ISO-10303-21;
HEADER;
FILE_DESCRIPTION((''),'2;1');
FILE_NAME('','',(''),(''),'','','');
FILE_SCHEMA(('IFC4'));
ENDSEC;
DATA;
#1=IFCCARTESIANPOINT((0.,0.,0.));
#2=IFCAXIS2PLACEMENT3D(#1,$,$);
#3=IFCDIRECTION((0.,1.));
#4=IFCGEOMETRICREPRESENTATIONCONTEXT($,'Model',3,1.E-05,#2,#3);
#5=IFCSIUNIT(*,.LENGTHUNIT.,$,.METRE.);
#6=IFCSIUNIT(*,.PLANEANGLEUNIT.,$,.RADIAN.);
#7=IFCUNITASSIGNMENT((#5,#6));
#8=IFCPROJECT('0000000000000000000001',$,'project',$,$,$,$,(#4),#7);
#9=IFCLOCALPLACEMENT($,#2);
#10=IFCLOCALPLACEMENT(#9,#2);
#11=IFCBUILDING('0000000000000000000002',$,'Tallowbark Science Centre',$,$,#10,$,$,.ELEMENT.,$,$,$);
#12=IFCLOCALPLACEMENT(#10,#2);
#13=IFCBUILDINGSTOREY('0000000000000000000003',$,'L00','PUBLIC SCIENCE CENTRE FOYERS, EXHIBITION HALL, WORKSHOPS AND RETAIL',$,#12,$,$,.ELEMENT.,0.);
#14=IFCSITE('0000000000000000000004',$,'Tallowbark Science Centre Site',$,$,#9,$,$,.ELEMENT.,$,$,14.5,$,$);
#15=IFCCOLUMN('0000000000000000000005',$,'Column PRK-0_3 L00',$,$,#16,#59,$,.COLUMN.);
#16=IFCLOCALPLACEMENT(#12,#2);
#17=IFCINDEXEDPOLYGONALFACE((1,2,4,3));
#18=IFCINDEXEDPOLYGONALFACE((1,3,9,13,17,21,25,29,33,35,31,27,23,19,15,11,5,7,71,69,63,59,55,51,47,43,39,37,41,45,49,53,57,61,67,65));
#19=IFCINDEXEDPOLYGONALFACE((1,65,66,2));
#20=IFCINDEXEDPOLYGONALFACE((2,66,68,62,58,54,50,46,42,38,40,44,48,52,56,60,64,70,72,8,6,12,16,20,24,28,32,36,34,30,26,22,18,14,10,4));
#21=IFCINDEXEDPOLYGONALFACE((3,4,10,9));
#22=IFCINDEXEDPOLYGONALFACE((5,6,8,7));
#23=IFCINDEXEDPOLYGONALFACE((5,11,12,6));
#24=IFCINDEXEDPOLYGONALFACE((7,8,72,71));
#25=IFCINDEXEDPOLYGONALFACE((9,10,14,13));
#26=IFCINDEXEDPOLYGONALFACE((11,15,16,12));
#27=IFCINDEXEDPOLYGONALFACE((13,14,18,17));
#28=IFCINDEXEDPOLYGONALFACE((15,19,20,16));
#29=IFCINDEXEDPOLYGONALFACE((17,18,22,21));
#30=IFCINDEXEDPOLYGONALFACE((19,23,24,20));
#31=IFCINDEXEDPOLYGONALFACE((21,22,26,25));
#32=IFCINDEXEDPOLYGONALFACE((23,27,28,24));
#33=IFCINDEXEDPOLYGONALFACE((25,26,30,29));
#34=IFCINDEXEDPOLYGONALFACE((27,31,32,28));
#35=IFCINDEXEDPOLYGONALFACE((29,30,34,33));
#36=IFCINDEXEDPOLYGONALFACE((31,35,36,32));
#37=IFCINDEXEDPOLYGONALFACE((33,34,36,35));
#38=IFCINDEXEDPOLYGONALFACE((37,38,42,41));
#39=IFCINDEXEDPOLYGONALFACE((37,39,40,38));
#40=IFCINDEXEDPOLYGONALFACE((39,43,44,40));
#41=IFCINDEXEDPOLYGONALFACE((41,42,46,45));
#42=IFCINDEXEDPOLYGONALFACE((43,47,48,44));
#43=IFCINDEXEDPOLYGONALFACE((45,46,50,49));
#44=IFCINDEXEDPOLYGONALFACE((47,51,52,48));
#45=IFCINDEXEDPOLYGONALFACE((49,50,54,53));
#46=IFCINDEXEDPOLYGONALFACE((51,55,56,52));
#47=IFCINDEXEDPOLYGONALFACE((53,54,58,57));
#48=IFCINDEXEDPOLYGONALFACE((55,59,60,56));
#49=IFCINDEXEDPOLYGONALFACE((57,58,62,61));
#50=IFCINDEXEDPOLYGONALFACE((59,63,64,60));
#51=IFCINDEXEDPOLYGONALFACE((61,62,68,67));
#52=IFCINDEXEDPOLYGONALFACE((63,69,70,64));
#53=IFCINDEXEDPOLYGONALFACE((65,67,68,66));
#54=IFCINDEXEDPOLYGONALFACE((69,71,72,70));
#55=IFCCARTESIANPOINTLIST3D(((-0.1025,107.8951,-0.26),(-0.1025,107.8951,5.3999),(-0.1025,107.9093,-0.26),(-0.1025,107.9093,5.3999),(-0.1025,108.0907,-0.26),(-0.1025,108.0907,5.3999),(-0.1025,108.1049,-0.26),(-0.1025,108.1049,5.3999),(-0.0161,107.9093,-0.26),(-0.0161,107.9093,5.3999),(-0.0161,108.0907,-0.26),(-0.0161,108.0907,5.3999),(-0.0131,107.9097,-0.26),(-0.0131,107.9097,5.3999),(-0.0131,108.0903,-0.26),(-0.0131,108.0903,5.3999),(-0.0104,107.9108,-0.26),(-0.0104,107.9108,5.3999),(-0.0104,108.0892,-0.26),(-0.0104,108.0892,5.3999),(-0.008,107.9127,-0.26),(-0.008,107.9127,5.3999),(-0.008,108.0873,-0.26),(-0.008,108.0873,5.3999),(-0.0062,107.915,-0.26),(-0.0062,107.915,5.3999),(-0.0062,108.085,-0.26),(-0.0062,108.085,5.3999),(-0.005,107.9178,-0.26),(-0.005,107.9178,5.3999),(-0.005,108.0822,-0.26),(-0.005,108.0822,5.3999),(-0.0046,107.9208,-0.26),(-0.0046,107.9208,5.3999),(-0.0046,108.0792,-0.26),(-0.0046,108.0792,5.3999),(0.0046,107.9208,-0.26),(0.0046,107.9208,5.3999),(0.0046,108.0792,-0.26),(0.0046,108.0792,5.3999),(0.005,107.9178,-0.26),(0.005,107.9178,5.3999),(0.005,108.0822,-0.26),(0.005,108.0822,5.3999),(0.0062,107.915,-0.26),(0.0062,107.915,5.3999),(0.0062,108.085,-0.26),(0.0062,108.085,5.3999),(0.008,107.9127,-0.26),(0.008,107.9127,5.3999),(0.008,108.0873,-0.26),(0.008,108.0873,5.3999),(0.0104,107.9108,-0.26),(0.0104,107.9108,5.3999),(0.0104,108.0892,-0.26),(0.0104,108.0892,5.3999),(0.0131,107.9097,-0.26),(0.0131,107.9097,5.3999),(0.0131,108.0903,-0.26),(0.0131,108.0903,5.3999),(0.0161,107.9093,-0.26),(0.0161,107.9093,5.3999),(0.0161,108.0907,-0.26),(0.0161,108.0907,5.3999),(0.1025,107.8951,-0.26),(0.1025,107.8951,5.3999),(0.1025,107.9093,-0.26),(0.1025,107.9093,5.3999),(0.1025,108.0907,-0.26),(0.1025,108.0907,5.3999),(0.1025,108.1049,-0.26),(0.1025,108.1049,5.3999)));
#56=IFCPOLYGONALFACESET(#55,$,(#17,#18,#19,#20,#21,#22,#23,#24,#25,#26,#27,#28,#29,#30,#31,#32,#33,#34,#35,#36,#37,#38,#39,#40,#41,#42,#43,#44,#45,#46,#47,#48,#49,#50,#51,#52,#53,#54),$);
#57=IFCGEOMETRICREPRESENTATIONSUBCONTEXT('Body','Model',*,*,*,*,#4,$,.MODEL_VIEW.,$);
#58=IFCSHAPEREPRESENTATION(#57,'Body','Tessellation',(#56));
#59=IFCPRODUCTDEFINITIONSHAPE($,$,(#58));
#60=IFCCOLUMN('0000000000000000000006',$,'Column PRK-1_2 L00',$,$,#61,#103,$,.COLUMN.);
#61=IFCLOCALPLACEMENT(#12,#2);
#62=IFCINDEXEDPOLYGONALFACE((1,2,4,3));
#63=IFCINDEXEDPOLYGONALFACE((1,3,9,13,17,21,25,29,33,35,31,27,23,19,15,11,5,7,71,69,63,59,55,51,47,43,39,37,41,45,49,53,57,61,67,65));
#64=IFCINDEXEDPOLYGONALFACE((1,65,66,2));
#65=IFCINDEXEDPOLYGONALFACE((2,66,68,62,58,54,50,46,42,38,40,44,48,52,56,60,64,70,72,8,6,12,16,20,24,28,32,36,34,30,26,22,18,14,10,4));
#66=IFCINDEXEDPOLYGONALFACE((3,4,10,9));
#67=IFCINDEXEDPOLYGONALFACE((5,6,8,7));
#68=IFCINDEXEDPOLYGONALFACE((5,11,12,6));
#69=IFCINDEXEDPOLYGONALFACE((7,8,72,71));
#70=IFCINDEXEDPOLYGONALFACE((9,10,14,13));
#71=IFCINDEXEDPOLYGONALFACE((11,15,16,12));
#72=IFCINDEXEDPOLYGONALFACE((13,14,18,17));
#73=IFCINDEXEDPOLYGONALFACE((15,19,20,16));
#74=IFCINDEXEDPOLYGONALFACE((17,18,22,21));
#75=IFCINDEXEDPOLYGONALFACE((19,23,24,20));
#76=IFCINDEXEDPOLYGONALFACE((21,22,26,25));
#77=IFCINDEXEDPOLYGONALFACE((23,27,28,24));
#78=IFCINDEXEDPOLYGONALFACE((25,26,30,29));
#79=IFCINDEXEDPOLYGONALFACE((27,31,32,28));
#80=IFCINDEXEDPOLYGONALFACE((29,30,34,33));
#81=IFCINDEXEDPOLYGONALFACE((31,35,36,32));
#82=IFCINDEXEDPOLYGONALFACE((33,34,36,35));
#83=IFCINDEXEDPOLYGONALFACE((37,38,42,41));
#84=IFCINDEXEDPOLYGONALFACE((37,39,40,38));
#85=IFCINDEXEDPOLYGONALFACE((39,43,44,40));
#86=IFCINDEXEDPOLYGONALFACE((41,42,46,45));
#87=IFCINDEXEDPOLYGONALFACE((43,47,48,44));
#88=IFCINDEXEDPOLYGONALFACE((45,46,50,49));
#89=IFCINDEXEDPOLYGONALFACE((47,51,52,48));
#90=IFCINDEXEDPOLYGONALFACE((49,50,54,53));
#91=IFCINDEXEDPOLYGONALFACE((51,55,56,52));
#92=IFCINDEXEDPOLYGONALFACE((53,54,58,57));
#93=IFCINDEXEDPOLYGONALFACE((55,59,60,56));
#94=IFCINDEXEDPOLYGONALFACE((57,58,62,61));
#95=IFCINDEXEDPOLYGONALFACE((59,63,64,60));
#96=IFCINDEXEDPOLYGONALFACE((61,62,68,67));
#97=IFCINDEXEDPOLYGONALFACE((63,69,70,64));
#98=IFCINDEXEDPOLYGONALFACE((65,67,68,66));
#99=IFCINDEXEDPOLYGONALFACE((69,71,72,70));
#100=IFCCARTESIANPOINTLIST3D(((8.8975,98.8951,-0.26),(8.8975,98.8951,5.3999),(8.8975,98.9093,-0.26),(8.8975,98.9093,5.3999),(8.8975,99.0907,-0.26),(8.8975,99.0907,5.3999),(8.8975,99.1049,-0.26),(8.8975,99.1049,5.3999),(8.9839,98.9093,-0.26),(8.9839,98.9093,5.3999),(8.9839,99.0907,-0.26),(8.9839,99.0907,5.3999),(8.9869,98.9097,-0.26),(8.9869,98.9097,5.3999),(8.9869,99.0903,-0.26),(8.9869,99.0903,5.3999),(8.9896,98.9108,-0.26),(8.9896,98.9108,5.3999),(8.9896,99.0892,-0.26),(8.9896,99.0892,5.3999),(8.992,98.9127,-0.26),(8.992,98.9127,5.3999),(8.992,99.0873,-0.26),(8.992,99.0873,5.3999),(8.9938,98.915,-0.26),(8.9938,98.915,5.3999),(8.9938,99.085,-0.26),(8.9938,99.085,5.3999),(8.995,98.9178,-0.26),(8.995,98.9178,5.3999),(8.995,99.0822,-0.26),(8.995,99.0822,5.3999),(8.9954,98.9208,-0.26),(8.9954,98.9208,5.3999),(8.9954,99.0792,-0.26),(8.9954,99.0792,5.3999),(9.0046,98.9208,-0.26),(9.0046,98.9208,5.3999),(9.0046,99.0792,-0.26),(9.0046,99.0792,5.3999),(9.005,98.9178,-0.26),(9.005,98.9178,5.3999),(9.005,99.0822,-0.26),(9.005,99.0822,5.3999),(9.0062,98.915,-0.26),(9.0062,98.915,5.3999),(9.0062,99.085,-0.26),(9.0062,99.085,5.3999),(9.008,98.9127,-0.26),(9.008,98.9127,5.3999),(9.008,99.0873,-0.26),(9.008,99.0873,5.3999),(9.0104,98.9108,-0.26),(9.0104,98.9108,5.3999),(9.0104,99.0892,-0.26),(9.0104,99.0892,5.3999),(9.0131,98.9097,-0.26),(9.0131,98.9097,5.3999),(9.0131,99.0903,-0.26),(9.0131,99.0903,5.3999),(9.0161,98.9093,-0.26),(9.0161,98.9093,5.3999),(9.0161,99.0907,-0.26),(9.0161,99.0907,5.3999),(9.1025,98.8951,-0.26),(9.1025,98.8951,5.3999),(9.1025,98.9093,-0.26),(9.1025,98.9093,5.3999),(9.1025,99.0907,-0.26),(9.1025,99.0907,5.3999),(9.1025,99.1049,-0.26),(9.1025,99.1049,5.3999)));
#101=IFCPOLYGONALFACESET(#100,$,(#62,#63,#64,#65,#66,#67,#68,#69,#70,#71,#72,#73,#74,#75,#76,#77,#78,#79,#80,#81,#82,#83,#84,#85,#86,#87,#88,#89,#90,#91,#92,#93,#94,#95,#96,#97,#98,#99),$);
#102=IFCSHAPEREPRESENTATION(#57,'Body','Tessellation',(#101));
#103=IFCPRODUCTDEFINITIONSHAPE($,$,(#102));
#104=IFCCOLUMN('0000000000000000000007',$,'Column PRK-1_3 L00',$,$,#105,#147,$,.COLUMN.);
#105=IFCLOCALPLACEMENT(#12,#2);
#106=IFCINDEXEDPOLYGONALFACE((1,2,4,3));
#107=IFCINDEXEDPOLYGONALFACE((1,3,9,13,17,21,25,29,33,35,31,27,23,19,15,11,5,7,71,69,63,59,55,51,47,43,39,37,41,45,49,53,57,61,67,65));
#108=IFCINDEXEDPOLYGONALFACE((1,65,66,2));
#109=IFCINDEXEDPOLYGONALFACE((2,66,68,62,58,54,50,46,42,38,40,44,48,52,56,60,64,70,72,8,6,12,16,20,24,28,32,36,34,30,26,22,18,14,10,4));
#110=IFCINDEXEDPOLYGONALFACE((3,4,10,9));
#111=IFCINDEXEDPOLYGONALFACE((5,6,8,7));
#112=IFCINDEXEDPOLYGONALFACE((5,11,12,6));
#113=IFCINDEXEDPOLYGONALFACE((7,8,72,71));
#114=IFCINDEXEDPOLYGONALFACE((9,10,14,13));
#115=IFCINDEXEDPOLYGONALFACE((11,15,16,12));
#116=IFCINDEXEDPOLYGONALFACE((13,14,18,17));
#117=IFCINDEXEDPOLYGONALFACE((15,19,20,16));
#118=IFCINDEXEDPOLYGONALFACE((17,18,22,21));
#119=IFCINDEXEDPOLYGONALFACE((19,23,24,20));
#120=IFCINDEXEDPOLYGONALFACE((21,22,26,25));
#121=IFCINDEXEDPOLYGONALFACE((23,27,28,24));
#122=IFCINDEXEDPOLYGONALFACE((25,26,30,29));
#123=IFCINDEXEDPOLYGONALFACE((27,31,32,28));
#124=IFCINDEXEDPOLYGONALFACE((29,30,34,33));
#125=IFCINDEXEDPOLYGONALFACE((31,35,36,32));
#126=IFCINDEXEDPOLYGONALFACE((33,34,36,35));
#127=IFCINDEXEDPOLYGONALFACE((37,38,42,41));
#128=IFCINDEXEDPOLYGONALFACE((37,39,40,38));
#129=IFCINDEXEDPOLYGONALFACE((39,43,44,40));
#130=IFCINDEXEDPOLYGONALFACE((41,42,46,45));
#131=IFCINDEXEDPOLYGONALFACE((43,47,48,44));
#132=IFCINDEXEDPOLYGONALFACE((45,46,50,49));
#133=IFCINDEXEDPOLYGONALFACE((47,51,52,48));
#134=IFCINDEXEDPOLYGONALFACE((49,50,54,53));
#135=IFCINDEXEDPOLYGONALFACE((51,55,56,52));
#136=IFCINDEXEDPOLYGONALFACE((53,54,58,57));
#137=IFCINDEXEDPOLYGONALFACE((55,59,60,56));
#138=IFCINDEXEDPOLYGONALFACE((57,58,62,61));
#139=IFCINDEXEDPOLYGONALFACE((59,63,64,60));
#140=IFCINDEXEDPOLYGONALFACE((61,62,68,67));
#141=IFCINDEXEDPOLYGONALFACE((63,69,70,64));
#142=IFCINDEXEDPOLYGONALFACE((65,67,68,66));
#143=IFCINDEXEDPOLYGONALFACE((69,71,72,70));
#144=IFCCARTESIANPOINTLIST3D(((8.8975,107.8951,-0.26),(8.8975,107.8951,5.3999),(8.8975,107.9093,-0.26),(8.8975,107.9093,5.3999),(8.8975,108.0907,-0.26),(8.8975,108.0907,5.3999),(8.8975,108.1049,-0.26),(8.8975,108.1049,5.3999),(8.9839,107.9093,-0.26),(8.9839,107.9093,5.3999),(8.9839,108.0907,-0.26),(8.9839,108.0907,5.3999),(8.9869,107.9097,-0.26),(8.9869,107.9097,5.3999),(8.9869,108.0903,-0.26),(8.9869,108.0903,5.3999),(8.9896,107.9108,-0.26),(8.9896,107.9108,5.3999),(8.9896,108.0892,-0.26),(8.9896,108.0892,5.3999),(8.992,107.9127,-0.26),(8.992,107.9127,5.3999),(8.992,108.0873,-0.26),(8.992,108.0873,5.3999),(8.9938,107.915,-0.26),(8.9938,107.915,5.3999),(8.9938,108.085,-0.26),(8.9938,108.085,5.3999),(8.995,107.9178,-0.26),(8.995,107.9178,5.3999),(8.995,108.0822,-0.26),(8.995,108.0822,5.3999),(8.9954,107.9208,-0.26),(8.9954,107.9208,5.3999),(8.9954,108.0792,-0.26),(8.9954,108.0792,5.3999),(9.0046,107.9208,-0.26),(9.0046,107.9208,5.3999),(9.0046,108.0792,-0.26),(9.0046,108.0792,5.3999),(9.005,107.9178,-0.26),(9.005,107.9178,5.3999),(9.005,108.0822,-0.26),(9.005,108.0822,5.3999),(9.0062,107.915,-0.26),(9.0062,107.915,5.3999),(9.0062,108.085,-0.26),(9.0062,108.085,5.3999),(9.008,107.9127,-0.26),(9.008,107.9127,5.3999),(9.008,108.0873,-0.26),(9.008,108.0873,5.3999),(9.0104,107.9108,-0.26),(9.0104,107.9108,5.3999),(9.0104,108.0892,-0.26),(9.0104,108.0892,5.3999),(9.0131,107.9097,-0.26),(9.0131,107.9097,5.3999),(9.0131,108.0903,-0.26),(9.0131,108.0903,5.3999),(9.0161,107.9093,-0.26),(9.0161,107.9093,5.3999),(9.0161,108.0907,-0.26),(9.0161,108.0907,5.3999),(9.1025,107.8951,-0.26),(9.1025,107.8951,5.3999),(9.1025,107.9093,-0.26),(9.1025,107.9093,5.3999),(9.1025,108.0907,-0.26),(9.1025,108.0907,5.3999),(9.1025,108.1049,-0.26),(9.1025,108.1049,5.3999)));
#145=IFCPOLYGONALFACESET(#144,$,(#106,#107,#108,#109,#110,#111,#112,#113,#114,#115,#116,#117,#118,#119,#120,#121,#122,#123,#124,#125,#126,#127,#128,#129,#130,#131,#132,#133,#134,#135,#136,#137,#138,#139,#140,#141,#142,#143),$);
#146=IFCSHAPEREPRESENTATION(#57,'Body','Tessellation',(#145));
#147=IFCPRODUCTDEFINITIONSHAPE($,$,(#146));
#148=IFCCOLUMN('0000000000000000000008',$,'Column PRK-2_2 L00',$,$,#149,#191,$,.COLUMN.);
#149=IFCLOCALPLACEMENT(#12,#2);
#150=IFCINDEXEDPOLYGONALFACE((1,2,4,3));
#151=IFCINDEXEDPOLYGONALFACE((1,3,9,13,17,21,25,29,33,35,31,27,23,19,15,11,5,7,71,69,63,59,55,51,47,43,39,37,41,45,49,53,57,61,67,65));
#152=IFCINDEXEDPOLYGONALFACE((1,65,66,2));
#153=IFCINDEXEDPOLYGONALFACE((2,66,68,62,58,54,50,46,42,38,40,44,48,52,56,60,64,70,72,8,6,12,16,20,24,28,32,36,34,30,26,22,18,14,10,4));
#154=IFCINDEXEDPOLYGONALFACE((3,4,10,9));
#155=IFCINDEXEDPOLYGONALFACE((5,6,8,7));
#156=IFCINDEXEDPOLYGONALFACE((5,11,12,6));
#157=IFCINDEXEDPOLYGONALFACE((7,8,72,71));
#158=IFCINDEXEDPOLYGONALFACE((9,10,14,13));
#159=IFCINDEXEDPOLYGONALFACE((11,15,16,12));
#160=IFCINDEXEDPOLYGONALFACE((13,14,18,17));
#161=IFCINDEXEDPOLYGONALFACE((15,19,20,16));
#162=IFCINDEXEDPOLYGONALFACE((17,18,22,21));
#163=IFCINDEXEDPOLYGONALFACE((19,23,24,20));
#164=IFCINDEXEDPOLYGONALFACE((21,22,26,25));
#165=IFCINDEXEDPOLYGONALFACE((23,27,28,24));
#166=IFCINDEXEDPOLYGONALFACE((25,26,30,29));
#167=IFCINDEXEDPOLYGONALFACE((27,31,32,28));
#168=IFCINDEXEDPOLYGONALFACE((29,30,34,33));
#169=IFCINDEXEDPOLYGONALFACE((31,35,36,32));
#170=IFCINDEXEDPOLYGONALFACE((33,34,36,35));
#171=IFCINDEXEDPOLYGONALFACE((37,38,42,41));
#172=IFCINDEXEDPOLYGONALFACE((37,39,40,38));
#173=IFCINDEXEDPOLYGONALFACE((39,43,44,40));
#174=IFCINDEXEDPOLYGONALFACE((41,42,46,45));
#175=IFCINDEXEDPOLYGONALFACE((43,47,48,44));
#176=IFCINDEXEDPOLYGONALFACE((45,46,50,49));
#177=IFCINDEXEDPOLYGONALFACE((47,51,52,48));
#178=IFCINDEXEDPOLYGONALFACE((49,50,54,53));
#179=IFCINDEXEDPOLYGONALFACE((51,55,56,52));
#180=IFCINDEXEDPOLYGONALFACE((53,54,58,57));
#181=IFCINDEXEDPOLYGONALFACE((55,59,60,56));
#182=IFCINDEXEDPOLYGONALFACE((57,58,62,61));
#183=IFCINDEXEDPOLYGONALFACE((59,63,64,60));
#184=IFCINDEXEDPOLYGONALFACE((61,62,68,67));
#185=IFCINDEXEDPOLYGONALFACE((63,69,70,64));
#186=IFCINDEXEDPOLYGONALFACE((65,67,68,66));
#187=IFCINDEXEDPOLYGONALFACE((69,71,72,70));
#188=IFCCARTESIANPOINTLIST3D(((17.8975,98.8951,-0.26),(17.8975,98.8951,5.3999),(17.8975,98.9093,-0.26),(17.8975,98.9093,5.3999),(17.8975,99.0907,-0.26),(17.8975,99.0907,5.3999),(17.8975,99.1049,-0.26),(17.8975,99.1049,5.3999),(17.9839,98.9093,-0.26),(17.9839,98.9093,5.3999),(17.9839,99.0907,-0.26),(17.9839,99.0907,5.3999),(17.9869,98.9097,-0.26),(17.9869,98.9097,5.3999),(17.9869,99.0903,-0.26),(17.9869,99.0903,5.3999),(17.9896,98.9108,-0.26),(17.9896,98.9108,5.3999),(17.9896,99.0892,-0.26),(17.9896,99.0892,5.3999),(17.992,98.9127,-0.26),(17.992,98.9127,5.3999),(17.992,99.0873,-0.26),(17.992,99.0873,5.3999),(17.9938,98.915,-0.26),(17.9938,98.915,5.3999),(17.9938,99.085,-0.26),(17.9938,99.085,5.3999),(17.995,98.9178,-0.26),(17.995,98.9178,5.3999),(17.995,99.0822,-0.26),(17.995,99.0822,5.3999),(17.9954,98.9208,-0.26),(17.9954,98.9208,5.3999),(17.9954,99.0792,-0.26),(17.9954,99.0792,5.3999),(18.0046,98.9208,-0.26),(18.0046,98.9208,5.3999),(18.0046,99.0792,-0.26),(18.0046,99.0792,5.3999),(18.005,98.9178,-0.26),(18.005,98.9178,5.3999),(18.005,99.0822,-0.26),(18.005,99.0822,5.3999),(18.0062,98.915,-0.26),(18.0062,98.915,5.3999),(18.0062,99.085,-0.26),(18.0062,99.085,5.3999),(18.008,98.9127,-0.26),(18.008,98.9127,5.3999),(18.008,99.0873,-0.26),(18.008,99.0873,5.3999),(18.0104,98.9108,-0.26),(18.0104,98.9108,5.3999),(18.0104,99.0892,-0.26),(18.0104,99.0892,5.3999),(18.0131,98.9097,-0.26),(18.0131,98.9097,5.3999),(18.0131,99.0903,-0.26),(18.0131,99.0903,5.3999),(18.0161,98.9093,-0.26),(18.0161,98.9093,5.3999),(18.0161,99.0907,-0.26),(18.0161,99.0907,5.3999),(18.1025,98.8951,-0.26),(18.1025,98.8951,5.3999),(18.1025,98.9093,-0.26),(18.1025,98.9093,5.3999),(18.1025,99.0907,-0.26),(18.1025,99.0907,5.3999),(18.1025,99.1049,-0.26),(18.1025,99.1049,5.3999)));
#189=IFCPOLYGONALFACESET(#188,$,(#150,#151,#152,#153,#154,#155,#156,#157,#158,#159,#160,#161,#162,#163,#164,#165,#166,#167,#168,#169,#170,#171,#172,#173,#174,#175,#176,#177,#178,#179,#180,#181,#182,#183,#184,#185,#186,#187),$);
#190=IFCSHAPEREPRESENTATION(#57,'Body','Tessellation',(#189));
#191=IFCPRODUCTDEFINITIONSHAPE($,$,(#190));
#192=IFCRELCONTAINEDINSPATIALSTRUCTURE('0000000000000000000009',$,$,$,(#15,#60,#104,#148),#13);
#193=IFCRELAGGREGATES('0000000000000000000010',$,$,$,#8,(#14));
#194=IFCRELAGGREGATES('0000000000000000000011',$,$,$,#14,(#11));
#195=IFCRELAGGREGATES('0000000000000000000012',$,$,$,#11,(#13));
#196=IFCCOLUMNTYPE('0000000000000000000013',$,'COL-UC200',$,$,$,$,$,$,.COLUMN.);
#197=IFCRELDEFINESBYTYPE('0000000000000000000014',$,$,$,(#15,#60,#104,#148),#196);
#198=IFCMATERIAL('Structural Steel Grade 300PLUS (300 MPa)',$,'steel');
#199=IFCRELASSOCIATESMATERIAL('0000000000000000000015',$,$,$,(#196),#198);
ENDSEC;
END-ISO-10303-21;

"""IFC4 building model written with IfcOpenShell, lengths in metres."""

from ifc_helpers import new_model, si_unit, direction, frame, origin, origin_2d, place, context, subcontext, project, spatial, i_section, extrude, material, material_profile, profile_set, type_object, element, save


model = new_model("IFC4")

# Units and contexts
model_context = context("Model", 3, precision=1e-05, world=origin(), true_north=direction((0.0, 1.0)))
body_context = subcontext(model_context, "Body", "Model", "MODEL_VIEW")
ifc_project = project(units=[si_unit("LENGTHUNIT", "METRE"), si_unit("PLANEANGLEUNIT", "RADIAN")], contexts=[model_context])

# Site, building, storey
site_placement = place(None, origin())
site = spatial("IfcSite", under=ifc_project, at=site_placement, Name="Tallowbark Science Centre Site", CompositionType="ELEMENT", RefElevation=14.5)
building_placement = place(site_placement, origin())
building = spatial("IfcBuilding", under=site, at=building_placement, Name="Tallowbark Science Centre", CompositionType="ELEMENT")
storey_placement = place(building_placement, origin())
storey = spatial("IfcBuildingStorey", under=building, at=storey_placement, Name="L00", Description="PUBLIC SCIENCE CENTRE FOYERS, EXHIBITION HALL, WORKSHOPS AND RETAIL", CompositionType="ELEMENT", Elevation=0.0)

# Columns
ifc_material_1 = material(Name="Structural Steel Grade 300PLUS (300 MPa)", Category="steel")
ifc_material_profile_1 = material_profile(ifc_material_1, i_section(OverallWidth=0.2051, OverallDepth=0.2097, WebThickness=0.0093, FlangeThickness=0.0142, FilletRadius=0.0115, at=origin_2d()), Name="200UC59.5")
ifc_profile_set_1 = profile_set([ifc_material_profile_1], Name="Structural Steel Grade 300PLUS (300 MPa)")
column_type = type_object("IfcColumnType", Name="COL-UC200", PredefinedType="COLUMN", material=ifc_profile_set_1)
for number, where, z_axis, x_axis, name in (
    (1, (0.0, 108.0, -0.26), (0.0, 0.0, 1.0), (1.0, 0.0, 0.0), "Column PRK-0_3 L00"),
    (2, (9.0, 99.0, -0.26), (0.0, 0.0, 1.0), (1.0, 0.0, 0.0), "Column PRK-1_2 L00"),
    (3, (9.0, 108.0, -0.26), (0.0, 0.0, 1.0), (1.0, 0.0, 0.0), "Column PRK-1_3 L00"),
    (4, (18.0, 99.0, -0.26), (0.0, 0.0, 1.0), (1.0, 0.0, 0.0), "Column PRK-2_2 L00"),
):
    element("IfcColumn", number, at=place(storey_placement, frame(where, z_axis=z_axis, x_axis=x_axis)), inside=storey, type_object=column_type, Name=name, PredefinedType="COLUMN", context=body_context, shape_type="SweptSolid", body=[
        extrude(i_section(OverallWidth=0.2051, OverallDepth=0.2097, WebThickness=0.0093, FlangeThickness=0.0142, FilletRadius=0.0115, at=origin_2d()), origin(), (0.0, 0.0, 1.0), 5.6599),
    ])

save(model, "model.ifc")
